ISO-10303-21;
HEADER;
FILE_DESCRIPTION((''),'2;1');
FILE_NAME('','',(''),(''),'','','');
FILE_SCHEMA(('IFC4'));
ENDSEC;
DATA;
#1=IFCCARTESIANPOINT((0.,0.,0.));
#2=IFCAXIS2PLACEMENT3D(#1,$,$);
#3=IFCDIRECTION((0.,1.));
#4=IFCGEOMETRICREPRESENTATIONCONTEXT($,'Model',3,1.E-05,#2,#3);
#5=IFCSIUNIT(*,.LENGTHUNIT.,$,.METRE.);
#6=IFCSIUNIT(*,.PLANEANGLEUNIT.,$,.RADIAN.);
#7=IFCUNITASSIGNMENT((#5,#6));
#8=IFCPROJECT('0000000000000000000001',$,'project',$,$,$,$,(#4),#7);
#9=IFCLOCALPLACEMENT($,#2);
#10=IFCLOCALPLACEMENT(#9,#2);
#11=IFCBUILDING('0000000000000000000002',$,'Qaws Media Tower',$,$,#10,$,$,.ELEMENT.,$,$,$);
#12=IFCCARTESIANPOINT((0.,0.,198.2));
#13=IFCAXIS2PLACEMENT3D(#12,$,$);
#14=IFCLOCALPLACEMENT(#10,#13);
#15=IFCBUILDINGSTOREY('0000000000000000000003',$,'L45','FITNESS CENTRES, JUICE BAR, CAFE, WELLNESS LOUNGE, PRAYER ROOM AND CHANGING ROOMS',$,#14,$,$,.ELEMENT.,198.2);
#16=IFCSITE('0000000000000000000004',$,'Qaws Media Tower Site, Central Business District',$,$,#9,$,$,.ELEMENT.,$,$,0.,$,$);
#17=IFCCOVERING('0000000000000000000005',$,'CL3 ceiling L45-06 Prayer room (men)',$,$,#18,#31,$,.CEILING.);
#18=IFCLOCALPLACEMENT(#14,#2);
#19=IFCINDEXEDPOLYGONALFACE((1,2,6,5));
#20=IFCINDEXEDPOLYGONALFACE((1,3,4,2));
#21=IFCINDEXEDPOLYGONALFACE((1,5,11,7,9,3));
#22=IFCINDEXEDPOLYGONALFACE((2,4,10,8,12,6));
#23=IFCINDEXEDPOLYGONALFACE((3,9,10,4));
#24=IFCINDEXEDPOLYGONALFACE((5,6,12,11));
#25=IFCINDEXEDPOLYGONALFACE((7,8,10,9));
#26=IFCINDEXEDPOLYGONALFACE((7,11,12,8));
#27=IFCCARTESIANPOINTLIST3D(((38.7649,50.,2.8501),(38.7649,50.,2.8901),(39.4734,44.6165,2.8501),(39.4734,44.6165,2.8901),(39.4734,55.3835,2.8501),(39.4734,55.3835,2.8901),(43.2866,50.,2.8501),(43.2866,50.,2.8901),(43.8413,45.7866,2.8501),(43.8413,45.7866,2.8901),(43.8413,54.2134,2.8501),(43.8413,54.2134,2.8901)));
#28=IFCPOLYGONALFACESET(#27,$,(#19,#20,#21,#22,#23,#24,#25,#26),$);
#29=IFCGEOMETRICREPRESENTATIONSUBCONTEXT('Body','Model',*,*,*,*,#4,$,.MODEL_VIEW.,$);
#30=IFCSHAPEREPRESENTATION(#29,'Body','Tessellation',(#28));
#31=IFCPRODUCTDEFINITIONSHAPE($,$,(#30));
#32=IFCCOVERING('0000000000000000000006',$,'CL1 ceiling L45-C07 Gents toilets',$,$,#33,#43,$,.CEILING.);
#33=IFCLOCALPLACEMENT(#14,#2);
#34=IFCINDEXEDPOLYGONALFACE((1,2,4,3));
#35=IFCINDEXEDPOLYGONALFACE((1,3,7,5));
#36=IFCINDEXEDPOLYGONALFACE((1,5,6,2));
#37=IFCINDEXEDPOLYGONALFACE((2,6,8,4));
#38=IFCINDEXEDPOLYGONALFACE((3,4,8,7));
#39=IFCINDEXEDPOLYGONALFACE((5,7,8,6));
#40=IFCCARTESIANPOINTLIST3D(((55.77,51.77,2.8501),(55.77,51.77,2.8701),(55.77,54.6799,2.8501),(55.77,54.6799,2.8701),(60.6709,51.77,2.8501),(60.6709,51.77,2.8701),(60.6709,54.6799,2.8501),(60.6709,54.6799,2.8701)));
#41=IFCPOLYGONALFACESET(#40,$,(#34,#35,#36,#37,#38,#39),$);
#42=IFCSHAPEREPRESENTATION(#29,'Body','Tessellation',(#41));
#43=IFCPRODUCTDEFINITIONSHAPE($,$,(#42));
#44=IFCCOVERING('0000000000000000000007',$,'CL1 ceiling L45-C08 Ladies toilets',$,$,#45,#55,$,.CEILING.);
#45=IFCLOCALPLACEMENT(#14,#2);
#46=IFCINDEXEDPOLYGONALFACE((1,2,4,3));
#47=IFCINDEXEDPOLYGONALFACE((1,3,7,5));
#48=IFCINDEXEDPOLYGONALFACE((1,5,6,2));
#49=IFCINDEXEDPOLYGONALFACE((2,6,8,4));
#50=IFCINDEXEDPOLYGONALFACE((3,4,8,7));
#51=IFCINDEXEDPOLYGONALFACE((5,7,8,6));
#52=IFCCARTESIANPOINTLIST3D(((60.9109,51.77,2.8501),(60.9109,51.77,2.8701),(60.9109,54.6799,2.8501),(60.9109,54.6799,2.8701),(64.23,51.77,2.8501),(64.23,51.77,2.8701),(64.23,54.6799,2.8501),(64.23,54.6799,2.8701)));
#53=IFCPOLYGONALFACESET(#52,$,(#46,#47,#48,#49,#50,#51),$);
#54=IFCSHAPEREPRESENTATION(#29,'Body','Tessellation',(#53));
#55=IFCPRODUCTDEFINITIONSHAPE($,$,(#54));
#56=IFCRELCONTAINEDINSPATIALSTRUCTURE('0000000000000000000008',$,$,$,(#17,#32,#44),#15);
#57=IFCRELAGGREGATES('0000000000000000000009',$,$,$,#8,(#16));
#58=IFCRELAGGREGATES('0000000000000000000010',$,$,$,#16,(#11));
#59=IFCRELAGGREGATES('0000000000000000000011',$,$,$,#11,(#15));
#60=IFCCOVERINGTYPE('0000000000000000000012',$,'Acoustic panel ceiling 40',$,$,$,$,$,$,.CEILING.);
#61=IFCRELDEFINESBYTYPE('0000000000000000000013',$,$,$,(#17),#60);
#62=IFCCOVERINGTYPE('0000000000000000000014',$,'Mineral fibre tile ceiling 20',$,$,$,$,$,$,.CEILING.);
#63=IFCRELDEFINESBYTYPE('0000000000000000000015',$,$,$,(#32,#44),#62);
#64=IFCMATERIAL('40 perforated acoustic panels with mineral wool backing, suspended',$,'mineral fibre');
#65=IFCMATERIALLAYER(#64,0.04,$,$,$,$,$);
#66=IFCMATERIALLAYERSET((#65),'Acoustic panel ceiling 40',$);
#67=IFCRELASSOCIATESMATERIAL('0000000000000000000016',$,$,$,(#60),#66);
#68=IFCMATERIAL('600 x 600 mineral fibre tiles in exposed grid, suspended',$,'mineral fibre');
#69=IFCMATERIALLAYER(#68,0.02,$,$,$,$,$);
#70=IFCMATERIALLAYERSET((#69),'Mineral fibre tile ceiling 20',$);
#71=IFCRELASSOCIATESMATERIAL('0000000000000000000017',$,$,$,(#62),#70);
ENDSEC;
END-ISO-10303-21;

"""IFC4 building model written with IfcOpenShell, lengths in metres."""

from ifc_helpers import new_model, si_unit, direction, frame, origin, place, context, subcontext, project, spatial, polyline, outline, extrude, material, layer, layer_set, type_object, element, save


model = new_model("IFC4")

# Units and contexts
model_context = context("Model", 3, precision=1e-05, world=origin(), true_north=direction((0.0, 1.0)))
body_context = subcontext(model_context, "Body", "Model", "MODEL_VIEW")
ifc_project = project(units=[si_unit("LENGTHUNIT", "METRE"), si_unit("PLANEANGLEUNIT", "RADIAN")], contexts=[model_context])

# Site, building, storey
site_placement = place(None, origin())
site = spatial("IfcSite", under=ifc_project, at=site_placement, Name="Qaws Media Tower Site, Central Business District", CompositionType="ELEMENT", RefElevation=0.0)
building_placement = place(site_placement, origin())
building = spatial("IfcBuilding", under=site, at=building_placement, Name="Qaws Media Tower", CompositionType="ELEMENT")
storey_placement = place(building_placement, frame((0.0, 0.0, 198.2)))
storey = spatial("IfcBuildingStorey", under=building, at=storey_placement, Name="L45", Description="FITNESS CENTRES, JUICE BAR, CAFE, WELLNESS LOUNGE, PRAYER ROOM AND CHANGING ROOMS", CompositionType="ELEMENT", Elevation=198.2)

# Coverings
ifc_material_1 = material(Name="40 perforated acoustic panels with mineral wool backing, suspended", Category="mineral fibre")
ifc_layer_1 = layer(ifc_material_1, 0.04)
ifc_layer_set_1 = layer_set([ifc_layer_1], Name="Acoustic panel ceiling 40")
covering_type_1 = type_object("IfcCoveringType", Name="Acoustic panel ceiling 40", PredefinedType="CEILING", material=ifc_layer_set_1)
covering_1_placement = place(storey_placement, frame((0.0, 0.0, 2.8501)))
element("IfcCovering", 1, at=covering_1_placement, inside=storey, type_object=covering_type_1, Name="CL3 ceiling L45-06 Prayer room (men)", PredefinedType="CEILING", context=body_context, shape_type="SweptSolid", body=[
    extrude(outline(polyline([(38.7649, 50.0), (39.4734, 55.3835), (43.8413, 54.2134), (43.2866, 50.0), (43.8413, 45.7866), (39.4734, 44.6165), (38.7649, 50.0)])), origin(), (0.0, 0.0, 1.0), 0.04),
])
ifc_material_2 = material(Name="600 x 600 mineral fibre tiles in exposed grid, suspended", Category="mineral fibre")
ifc_layer_2 = layer(ifc_material_2, 0.02)
ifc_layer_set_2 = layer_set([ifc_layer_2], Name="Mineral fibre tile ceiling 20")
covering_type_2 = type_object("IfcCoveringType", Name="Mineral fibre tile ceiling 20", PredefinedType="CEILING", material=ifc_layer_set_2)
covering_2_placement = place(storey_placement, frame((0.0, 0.0, 2.8501)))
element("IfcCovering", 2, at=covering_2_placement, inside=storey, type_object=covering_type_2, Name="CL1 ceiling L45-C07 Gents toilets", PredefinedType="CEILING", context=body_context, shape_type="SweptSolid", body=[
    extrude(outline(polyline([(55.77, 51.77), (55.77, 54.6799), (60.6709, 54.6799), (60.6709, 51.77), (55.77, 51.77)])), origin(), (0.0, 0.0, 1.0), 0.02),
])
covering_3_placement = place(storey_placement, frame((0.0, 0.0, 2.8501)))
element("IfcCovering", 3, at=covering_3_placement, inside=storey, type_object=covering_type_2, Name="CL1 ceiling L45-C08 Ladies toilets", PredefinedType="CEILING", context=body_context, shape_type="SweptSolid", body=[
    extrude(outline(polyline([(60.9109, 51.77), (60.9109, 54.6799), (64.23, 54.6799), (64.23, 51.77), (60.9109, 51.77)])), origin(), (0.0, 0.0, 1.0), 0.02),
])

save(model, "model.ifc")
